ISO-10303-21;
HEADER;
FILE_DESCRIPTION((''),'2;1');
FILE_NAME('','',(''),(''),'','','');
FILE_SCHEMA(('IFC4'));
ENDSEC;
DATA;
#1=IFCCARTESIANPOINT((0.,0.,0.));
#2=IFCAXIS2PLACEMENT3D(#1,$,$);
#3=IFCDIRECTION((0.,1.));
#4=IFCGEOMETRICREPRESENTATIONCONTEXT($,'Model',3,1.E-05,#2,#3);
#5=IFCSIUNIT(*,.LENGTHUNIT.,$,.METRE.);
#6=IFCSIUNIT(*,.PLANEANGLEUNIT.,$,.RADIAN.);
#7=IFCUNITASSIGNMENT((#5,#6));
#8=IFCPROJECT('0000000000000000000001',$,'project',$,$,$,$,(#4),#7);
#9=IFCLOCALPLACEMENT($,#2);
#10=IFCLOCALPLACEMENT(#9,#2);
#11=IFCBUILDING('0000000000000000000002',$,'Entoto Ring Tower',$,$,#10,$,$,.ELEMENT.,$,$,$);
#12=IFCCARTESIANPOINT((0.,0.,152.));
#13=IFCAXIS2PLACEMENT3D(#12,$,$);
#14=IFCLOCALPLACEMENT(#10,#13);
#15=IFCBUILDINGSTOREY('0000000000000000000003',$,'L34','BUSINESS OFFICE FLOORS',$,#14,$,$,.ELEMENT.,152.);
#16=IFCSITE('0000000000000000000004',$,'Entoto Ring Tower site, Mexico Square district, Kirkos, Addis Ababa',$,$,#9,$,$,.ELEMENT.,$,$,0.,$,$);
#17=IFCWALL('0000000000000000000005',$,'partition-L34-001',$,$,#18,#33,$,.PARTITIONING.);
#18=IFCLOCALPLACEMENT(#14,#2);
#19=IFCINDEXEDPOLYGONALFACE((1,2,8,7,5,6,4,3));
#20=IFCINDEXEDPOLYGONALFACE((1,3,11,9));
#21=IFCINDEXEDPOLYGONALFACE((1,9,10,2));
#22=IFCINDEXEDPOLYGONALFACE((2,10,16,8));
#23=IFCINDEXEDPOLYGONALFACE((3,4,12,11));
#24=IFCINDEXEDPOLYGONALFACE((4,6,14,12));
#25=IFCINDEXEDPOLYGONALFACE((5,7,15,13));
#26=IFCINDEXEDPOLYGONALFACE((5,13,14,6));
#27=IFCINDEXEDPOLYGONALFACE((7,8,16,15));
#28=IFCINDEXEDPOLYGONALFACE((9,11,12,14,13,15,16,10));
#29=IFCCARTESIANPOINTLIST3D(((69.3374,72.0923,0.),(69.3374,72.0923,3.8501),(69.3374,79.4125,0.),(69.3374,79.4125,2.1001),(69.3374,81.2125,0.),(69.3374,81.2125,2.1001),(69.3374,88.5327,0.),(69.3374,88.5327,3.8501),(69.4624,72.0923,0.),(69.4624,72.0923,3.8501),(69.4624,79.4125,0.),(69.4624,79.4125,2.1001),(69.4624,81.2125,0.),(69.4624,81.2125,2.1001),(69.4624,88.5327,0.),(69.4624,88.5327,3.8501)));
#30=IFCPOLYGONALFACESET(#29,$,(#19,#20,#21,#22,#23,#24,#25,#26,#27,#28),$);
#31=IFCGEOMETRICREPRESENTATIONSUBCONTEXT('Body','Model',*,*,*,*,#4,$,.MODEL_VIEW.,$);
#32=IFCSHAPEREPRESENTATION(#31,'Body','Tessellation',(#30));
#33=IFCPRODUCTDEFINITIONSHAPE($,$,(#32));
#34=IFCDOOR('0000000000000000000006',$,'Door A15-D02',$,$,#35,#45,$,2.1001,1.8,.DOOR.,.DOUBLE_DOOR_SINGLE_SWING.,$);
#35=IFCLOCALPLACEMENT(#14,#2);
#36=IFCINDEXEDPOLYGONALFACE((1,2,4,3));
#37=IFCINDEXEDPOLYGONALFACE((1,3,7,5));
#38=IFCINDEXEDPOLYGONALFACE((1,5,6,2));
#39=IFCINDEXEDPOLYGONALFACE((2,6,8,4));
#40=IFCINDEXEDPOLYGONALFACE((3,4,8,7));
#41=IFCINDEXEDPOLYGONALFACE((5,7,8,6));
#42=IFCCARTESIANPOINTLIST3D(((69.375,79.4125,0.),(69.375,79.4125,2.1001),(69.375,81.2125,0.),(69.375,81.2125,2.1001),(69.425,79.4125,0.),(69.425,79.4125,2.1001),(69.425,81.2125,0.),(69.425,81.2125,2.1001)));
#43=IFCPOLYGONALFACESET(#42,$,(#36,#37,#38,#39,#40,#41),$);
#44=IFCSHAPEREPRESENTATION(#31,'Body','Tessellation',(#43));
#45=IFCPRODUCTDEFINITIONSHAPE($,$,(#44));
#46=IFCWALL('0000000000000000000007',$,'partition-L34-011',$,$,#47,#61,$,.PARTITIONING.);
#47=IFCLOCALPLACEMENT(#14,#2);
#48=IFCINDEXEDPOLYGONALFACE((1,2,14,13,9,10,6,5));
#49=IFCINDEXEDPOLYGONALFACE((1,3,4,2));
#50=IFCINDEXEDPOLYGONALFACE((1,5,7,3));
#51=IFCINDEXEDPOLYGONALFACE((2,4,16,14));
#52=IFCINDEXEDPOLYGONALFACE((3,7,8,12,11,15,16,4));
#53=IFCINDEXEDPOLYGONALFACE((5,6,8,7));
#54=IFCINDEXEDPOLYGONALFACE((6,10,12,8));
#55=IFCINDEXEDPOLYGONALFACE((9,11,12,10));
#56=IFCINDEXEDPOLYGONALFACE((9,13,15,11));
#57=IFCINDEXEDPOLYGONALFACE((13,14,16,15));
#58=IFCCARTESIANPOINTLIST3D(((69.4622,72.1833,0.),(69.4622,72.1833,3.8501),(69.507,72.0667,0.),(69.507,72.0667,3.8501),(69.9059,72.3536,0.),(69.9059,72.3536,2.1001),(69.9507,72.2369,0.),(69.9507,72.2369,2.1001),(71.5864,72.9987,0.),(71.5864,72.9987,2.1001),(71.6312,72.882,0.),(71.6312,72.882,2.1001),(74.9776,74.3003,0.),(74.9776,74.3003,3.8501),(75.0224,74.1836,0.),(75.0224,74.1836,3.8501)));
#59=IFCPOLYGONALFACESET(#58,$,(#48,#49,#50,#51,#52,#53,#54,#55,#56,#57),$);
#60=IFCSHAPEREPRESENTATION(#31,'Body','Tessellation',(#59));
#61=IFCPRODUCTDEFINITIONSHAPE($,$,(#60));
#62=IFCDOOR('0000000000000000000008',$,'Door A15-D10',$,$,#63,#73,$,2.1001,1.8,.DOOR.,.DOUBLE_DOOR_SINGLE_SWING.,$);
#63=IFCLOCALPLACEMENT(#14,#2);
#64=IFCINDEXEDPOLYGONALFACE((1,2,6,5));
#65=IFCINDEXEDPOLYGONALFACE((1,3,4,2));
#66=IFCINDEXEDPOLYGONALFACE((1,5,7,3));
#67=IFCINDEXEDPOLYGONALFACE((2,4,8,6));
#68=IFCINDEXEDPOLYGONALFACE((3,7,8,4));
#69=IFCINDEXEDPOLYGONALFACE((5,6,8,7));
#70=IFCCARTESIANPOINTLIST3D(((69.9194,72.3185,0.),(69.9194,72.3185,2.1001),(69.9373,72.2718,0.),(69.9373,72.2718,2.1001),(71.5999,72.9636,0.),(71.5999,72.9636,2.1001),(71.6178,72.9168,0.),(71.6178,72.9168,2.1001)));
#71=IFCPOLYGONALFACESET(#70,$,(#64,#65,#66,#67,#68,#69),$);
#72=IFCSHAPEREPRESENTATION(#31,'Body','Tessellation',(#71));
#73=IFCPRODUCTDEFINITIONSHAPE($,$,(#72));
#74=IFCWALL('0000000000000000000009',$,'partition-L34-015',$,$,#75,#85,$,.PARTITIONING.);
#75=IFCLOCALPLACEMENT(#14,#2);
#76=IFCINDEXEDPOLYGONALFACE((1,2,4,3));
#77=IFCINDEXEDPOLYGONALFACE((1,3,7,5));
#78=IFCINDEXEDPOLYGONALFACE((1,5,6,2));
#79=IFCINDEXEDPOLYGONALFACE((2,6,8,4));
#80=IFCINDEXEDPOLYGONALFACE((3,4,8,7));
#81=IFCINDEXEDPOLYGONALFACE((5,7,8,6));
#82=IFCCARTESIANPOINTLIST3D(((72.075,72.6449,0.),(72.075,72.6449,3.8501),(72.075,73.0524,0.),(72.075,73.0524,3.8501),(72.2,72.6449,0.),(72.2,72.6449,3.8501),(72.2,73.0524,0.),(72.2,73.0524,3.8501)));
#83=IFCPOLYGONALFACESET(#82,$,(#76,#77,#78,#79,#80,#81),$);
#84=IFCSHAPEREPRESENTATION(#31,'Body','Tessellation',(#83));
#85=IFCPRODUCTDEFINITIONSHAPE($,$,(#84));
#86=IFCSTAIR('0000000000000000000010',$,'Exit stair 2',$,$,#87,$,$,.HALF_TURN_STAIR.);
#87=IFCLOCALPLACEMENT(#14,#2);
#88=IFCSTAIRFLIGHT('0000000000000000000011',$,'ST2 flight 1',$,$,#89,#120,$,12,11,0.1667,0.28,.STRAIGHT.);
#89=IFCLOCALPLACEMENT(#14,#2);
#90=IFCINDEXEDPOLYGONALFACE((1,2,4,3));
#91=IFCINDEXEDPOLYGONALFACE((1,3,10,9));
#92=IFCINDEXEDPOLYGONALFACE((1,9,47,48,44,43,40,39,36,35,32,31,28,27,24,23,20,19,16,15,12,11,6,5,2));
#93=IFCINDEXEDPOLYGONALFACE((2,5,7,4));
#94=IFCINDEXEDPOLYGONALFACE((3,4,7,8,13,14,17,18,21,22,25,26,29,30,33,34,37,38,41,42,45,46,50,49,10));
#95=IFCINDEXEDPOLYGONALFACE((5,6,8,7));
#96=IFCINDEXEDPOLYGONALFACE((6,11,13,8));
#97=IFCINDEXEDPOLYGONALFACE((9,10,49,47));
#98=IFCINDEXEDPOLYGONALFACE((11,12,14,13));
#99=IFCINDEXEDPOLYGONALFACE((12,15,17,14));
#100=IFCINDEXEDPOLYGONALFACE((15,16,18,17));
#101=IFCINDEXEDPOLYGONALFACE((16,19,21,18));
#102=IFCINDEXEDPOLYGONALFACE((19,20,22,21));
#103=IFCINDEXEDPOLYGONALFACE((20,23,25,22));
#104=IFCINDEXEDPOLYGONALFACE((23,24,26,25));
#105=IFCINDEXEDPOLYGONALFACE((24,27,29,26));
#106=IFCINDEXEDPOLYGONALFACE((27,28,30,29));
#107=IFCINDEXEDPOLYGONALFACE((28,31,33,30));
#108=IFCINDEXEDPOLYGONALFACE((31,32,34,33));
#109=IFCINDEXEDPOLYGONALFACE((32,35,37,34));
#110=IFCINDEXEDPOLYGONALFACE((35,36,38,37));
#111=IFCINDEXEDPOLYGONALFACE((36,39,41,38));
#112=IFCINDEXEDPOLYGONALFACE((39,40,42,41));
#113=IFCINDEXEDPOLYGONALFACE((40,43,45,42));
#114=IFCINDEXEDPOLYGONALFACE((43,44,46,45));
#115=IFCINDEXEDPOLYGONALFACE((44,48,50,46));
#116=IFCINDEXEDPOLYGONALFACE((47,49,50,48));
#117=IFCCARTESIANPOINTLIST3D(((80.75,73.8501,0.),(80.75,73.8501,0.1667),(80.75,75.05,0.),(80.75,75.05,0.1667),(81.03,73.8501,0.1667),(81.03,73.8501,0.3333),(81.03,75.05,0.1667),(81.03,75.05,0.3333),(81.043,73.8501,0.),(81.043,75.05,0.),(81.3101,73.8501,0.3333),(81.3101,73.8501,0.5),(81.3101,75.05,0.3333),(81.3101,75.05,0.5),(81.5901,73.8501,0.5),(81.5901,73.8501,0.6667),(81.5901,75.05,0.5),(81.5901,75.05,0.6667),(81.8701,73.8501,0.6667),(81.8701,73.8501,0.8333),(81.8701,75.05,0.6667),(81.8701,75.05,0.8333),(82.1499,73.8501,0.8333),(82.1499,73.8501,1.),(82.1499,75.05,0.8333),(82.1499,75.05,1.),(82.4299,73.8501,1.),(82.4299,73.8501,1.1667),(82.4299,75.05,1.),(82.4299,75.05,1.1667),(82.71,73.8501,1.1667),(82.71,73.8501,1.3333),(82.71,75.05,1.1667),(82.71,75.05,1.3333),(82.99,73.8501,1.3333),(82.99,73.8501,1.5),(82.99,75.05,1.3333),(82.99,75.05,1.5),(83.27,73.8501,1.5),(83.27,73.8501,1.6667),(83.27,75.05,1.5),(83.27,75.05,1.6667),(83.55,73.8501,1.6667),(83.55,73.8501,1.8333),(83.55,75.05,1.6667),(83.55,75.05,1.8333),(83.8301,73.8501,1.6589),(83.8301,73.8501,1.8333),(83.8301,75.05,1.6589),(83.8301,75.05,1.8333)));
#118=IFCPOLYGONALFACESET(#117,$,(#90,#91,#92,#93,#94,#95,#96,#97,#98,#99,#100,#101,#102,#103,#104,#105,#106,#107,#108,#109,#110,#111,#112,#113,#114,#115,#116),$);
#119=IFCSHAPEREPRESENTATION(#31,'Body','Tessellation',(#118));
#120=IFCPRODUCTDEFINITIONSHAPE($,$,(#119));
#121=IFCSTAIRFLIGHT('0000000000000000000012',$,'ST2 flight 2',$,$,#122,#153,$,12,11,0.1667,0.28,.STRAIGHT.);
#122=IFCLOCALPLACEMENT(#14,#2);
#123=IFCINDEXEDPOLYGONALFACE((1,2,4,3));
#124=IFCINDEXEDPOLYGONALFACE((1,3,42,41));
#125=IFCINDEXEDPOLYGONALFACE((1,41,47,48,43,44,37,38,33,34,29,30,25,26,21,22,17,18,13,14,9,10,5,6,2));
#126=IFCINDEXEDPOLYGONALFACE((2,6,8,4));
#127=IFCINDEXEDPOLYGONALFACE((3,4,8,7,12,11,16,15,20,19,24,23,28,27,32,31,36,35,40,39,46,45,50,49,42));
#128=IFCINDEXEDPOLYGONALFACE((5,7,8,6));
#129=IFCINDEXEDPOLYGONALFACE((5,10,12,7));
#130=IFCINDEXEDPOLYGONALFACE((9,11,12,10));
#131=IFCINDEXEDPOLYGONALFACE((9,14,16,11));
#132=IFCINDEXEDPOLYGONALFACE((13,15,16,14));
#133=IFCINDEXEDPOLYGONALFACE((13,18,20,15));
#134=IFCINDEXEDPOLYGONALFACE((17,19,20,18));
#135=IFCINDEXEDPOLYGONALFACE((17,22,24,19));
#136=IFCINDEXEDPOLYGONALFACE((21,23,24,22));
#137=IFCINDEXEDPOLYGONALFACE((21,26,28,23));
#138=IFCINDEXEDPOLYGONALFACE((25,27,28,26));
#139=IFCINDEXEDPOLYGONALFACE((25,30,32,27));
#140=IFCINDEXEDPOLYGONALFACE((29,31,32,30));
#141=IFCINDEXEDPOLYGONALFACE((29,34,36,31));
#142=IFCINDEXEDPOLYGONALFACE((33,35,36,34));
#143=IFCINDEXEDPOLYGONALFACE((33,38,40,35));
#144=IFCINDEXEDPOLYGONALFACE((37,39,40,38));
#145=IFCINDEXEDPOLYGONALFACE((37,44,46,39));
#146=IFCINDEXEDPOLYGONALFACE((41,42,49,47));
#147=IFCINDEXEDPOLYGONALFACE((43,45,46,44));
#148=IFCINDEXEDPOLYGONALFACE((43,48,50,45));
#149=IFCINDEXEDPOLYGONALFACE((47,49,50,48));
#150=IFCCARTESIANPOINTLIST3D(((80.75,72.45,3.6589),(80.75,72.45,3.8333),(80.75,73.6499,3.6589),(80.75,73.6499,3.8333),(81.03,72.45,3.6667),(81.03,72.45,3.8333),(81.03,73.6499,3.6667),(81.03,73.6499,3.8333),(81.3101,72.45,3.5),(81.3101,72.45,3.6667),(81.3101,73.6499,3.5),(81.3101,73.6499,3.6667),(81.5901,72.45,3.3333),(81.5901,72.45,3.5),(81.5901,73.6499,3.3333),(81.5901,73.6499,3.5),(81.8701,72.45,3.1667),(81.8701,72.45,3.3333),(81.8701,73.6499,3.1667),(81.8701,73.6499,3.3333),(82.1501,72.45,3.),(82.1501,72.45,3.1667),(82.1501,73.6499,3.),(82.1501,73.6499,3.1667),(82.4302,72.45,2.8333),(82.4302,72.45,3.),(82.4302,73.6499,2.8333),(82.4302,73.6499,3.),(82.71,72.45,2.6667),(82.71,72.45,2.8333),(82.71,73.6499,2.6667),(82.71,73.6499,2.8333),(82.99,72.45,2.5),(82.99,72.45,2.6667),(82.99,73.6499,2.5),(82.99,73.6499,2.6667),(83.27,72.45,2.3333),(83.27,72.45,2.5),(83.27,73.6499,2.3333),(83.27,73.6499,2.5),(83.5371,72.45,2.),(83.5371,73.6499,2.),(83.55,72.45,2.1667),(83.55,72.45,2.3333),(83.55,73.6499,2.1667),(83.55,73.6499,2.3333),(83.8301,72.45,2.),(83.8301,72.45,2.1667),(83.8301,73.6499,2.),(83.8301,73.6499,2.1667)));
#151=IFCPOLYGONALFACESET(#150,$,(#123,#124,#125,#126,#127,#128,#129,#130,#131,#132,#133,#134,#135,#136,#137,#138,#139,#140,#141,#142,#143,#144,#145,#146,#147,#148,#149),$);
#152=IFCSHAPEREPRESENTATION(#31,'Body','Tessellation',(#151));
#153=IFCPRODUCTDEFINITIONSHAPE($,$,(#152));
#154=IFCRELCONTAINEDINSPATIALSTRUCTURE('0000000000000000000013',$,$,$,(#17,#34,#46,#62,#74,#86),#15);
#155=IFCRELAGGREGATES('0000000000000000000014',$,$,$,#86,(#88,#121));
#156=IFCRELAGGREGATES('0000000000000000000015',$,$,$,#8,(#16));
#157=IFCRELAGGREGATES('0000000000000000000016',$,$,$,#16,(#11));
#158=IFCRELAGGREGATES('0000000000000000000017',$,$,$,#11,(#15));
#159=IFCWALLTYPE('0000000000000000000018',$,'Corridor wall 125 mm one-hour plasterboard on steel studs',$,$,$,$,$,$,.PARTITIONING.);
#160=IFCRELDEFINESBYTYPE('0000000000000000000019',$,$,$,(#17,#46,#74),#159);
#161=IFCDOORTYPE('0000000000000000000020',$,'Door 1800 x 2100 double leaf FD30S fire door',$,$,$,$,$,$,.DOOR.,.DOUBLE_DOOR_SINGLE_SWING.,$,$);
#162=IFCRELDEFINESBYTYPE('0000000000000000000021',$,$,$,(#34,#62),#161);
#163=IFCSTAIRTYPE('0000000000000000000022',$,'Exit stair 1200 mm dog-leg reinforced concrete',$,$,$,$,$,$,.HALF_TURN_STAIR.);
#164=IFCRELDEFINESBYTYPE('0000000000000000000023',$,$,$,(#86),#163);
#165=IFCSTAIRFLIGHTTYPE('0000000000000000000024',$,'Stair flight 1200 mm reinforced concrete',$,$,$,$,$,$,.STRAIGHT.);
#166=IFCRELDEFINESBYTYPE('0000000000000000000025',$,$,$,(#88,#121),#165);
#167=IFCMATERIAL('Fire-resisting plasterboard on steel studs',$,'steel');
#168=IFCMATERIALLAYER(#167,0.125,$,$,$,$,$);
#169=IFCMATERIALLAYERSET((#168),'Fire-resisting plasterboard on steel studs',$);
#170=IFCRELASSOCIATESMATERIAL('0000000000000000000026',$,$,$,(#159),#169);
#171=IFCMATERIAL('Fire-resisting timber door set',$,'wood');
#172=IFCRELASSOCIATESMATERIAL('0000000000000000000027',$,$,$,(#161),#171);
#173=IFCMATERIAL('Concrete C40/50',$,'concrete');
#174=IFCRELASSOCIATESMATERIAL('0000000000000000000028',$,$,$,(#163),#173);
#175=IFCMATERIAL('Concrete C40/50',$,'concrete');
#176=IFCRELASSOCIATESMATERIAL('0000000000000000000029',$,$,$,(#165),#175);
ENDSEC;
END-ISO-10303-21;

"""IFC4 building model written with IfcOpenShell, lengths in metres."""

from ifc_helpers import new_model, si_unit, direction, frame, frame_2d, origin, place, context, subcontext, project, spatial, polyline, rectangle, outline, extrude, material, layer, layer_set, type_object, element, fill, aggregate, save


model = new_model("IFC4")

# Units and contexts
model_context = context("Model", 3, precision=1e-05, world=origin(), true_north=direction((0.0, 1.0)))
body_context = subcontext(model_context, "Body", "Model", "MODEL_VIEW")
ifc_project = project(units=[si_unit("LENGTHUNIT", "METRE"), si_unit("PLANEANGLEUNIT", "RADIAN")], contexts=[model_context])

# Site, building, storey
site_placement = place(None, origin())
site = spatial("IfcSite", under=ifc_project, at=site_placement, Name="Entoto Ring Tower site, Mexico Square district, Kirkos, Addis Ababa", CompositionType="ELEMENT", RefElevation=0.0)
building_placement = place(site_placement, origin())
building = spatial("IfcBuilding", under=site, at=building_placement, Name="Entoto Ring Tower", CompositionType="ELEMENT")
storey_placement = place(building_placement, frame((0.0, 0.0, 152.0)))
storey = spatial("IfcBuildingStorey", under=building, at=storey_placement, Name="L34", Description="BUSINESS OFFICE FLOORS", CompositionType="ELEMENT", Elevation=152.0)

# Walls, openings, doors
ifc_material_1 = material(Name="Fire-resisting plasterboard on steel studs", Category="steel")
ifc_layer_1 = layer(ifc_material_1, 0.125)
ifc_layer_set_1 = layer_set([ifc_layer_1], Name="Fire-resisting plasterboard on steel studs")
wall_type_1 = type_object("IfcWallType", Name="Corridor wall 125 mm one-hour plasterboard on steel studs", PredefinedType="PARTITIONING", material=ifc_layer_set_1)
wall_1_placement = place(storey_placement, frame((69.3999, 72.0923, 0.0), z_axis=(0.0, 0.0, 1.0), x_axis=(0.0, 1.0, 0.0)))
wall_1 = element("IfcWall", 1, at=wall_1_placement, inside=storey, type_object=wall_type_1, Name="partition-L34-001", PredefinedType="PARTITIONING", context=body_context, shape_type="SweptSolid", body=[
    extrude(rectangle(XDim=16.4404, YDim=0.125, at=frame_2d((8.2202, 0.0))), origin(), (0.0, 0.0, 1.0), 3.8501),
])
opening_1_placement = place(wall_1_placement, frame((7.3203, 0.0, 0.0)))
opening_1 = element("IfcOpeningElement", 2, at=opening_1_placement, cuts=wall_1, PredefinedType="OPENING", context=body_context, shape_type="SweptSolid", body=[
    extrude(rectangle(XDim=1.8, YDim=2.1001, at=frame_2d((0.8999, 1.05))), frame((0.0, 0.0725, 0.0), z_axis=(0.0, -1.0, 0.0), x_axis=(1.0, 0.0, 0.0)), (0.0, 0.0, 1.0), 0.145),
])
ifc_material_2 = material(Name="Fire-resisting timber door set", Category="wood")
door_type_1 = type_object("IfcDoorType", Name="Door 1800 x 2100 double leaf FD30S fire door", OperationType="DOUBLE_DOOR_SINGLE_SWING", PredefinedType="DOOR", material=ifc_material_2)
door_1_placement = place(opening_1_placement, origin())
door_1 = element("IfcDoor", 3, at=door_1_placement, inside=storey, type_object=door_type_1, Name="Door A15-D02", OperationType="DOUBLE_DOOR_SINGLE_SWING", OverallHeight=2.1001, OverallWidth=1.8, PredefinedType="DOOR", context=body_context, shape_type="SweptSolid", body=[
    extrude(rectangle(XDim=1.8, YDim=2.1001, at=frame_2d((0.8999, 1.05))), frame((0.0, 0.0249, 0.0), z_axis=(0.0, -1.0, 0.0), x_axis=(1.0, 0.0, 0.0)), (0.0, 0.0, 1.0), 0.05),
])
fill(opening_1, door_1)
wall_2_placement = place(storey_placement, frame((69.4846, 72.125, 0.0), z_axis=(0.0, 0.0, 1.0), x_axis=(0.933592, 0.358337, 0.0)))
wall_2 = element("IfcWall", 4, at=wall_2_placement, inside=storey, type_object=wall_type_1, Name="partition-L34-011", PredefinedType="PARTITIONING", context=body_context, shape_type="SweptSolid", body=[
    extrude(rectangle(XDim=5.9077, YDim=0.125, at=frame_2d((2.9539, 0.0))), origin(), (0.0, 0.0, 1.0), 3.8501),
])
opening_2_placement = place(wall_2_placement, frame((0.4753, 0.0, 0.0)))
opening_2 = element("IfcOpeningElement", 5, at=opening_2_placement, cuts=wall_2, PredefinedType="OPENING", context=body_context, shape_type="SweptSolid", body=[
    extrude(rectangle(XDim=1.8, YDim=2.1001, at=frame_2d((0.8999, 1.05))), frame((0.0, 0.0725, 0.0), z_axis=(0.0, -1.0, 0.0), x_axis=(1.0, 0.0, 0.0)), (0.0, 0.0, 1.0), 0.145),
])
door_2_placement = place(opening_2_placement, origin())
door_2 = element("IfcDoor", 6, at=door_2_placement, inside=storey, type_object=door_type_1, Name="Door A15-D10", OperationType="DOUBLE_DOOR_SINGLE_SWING", OverallHeight=2.1001, OverallWidth=1.8, PredefinedType="DOOR", context=body_context, shape_type="SweptSolid", body=[
    extrude(rectangle(XDim=1.8, YDim=2.1001, at=frame_2d((0.8999, 1.05))), frame((0.0, 0.0249, 0.0), z_axis=(0.0, -1.0, 0.0), x_axis=(1.0, 0.0, 0.0)), (0.0, 0.0, 1.0), 0.05),
])
fill(opening_2, door_2)

# Wall
wall_3_placement = place(storey_placement, frame((72.1375, 72.645, 0.0), z_axis=(0.0, 0.0, 1.0), x_axis=(0.0, 1.0, 0.0)))
element("IfcWall", 7, at=wall_3_placement, inside=storey, type_object=wall_type_1, Name="partition-L34-015", PredefinedType="PARTITIONING", context=body_context, shape_type="SweptSolid", body=[
    extrude(rectangle(XDim=0.4075, YDim=0.125, at=frame_2d((0.2036, 0.0))), origin(), (0.0, 0.0, 1.0), 3.8501),
])

# Stair, stair flights
ifc_material_3 = material(Name="Concrete C40/50", Category="concrete")
stair_type = type_object("IfcStairType", Name="Exit stair 1200 mm dog-leg reinforced concrete", PredefinedType="HALF_TURN_STAIR", material=ifc_material_3)
stair_placement = place(storey_placement, origin())
stair = element("IfcStair", 8, at=stair_placement, inside=storey, type_object=stair_type, Name="Exit stair 2", PredefinedType="HALF_TURN_STAIR")
ifc_material_4 = material(Name="Concrete C40/50", Category="concrete")
stair_flight_type = type_object("IfcStairFlightType", Name="Stair flight 1200 mm reinforced concrete", PredefinedType="STRAIGHT", material=ifc_material_4)
stair_flight_1_placement = place(storey_placement, frame((80.75, 74.45, 0.0), z_axis=(0.0, 0.0, 1.0), x_axis=(1.0, 0.0, 0.0)))
stair_flight_1 = element("IfcStairFlight", 9, at=stair_flight_1_placement, type_object=stair_flight_type, Name="ST2 flight 1", NumberOfRisers=12, NumberOfTreads=11, PredefinedType="STRAIGHT", RiserHeight=0.1667, TreadLength=0.28, context=body_context, shape_type="SweptSolid", body=[
    extrude(outline(polyline([(0.0, 0.0), (0.0, 0.1667), (0.28, 0.1667), (0.28, 0.3333), (0.5601, 0.3333), (0.5601, 0.5), (0.8401, 0.5), (0.8401, 0.6667), (1.1201, 0.6667), (1.1201, 0.8333), (1.3999, 0.8333), (1.3999, 1.0), (1.6799, 1.0), (1.6799, 1.1667), (1.96, 1.1667), (1.96, 1.3333), (2.24, 1.3333), (2.24, 1.5), (2.52, 1.5), (2.52, 1.6667), (2.8, 1.6667), (2.8, 1.8333), (3.0801, 1.8333), (3.0801, 2.0), (3.0801, 1.6589), (0.293, 0.0), (0.0, 0.0)])), frame((0.0, 0.6001, 0.0), z_axis=(0.0, -1.0, 0.0), x_axis=(1.0, 0.0, 0.0)), (0.0, 0.0, 1.0), 1.2),
])
stair_flight_2_placement = place(storey_placement, frame((83.8301, 73.05, 2.0), z_axis=(0.0, 0.0, 1.0), x_axis=(-1.0, 0.0, 0.0)))
stair_flight_2 = element("IfcStairFlight", 10, at=stair_flight_2_placement, type_object=stair_flight_type, Name="ST2 flight 2", NumberOfRisers=12, NumberOfTreads=11, PredefinedType="STRAIGHT", RiserHeight=0.1667, TreadLength=0.28, context=body_context, shape_type="SweptSolid", body=[
    extrude(outline(polyline([(0.0, 0.0), (0.0, 0.1667), (0.28, 0.1667), (0.28, 0.3333), (0.5601, 0.3333), (0.5601, 0.5), (0.8401, 0.5), (0.8401, 0.6667), (1.1201, 0.6667), (1.1201, 0.8333), (1.3999, 0.8333), (1.3999, 1.0), (1.6799, 1.0), (1.6799, 1.1667), (1.96, 1.1667), (1.96, 1.3333), (2.24, 1.3333), (2.24, 1.5), (2.52, 1.5), (2.52, 1.6667), (2.8, 1.6667), (2.8, 1.8333), (3.0801, 1.8333), (3.0801, 2.0), (3.0801, 1.6589), (0.293, 0.0), (0.0, 0.0)])), frame((0.0, 0.6001, 0.0), z_axis=(0.0, -1.0, 0.0), x_axis=(1.0, 0.0, 0.0)), (0.0, 0.0, 1.0), 1.2),
])
aggregate(stair, [stair_flight_1, stair_flight_2])

save(model, "model.ifc")
